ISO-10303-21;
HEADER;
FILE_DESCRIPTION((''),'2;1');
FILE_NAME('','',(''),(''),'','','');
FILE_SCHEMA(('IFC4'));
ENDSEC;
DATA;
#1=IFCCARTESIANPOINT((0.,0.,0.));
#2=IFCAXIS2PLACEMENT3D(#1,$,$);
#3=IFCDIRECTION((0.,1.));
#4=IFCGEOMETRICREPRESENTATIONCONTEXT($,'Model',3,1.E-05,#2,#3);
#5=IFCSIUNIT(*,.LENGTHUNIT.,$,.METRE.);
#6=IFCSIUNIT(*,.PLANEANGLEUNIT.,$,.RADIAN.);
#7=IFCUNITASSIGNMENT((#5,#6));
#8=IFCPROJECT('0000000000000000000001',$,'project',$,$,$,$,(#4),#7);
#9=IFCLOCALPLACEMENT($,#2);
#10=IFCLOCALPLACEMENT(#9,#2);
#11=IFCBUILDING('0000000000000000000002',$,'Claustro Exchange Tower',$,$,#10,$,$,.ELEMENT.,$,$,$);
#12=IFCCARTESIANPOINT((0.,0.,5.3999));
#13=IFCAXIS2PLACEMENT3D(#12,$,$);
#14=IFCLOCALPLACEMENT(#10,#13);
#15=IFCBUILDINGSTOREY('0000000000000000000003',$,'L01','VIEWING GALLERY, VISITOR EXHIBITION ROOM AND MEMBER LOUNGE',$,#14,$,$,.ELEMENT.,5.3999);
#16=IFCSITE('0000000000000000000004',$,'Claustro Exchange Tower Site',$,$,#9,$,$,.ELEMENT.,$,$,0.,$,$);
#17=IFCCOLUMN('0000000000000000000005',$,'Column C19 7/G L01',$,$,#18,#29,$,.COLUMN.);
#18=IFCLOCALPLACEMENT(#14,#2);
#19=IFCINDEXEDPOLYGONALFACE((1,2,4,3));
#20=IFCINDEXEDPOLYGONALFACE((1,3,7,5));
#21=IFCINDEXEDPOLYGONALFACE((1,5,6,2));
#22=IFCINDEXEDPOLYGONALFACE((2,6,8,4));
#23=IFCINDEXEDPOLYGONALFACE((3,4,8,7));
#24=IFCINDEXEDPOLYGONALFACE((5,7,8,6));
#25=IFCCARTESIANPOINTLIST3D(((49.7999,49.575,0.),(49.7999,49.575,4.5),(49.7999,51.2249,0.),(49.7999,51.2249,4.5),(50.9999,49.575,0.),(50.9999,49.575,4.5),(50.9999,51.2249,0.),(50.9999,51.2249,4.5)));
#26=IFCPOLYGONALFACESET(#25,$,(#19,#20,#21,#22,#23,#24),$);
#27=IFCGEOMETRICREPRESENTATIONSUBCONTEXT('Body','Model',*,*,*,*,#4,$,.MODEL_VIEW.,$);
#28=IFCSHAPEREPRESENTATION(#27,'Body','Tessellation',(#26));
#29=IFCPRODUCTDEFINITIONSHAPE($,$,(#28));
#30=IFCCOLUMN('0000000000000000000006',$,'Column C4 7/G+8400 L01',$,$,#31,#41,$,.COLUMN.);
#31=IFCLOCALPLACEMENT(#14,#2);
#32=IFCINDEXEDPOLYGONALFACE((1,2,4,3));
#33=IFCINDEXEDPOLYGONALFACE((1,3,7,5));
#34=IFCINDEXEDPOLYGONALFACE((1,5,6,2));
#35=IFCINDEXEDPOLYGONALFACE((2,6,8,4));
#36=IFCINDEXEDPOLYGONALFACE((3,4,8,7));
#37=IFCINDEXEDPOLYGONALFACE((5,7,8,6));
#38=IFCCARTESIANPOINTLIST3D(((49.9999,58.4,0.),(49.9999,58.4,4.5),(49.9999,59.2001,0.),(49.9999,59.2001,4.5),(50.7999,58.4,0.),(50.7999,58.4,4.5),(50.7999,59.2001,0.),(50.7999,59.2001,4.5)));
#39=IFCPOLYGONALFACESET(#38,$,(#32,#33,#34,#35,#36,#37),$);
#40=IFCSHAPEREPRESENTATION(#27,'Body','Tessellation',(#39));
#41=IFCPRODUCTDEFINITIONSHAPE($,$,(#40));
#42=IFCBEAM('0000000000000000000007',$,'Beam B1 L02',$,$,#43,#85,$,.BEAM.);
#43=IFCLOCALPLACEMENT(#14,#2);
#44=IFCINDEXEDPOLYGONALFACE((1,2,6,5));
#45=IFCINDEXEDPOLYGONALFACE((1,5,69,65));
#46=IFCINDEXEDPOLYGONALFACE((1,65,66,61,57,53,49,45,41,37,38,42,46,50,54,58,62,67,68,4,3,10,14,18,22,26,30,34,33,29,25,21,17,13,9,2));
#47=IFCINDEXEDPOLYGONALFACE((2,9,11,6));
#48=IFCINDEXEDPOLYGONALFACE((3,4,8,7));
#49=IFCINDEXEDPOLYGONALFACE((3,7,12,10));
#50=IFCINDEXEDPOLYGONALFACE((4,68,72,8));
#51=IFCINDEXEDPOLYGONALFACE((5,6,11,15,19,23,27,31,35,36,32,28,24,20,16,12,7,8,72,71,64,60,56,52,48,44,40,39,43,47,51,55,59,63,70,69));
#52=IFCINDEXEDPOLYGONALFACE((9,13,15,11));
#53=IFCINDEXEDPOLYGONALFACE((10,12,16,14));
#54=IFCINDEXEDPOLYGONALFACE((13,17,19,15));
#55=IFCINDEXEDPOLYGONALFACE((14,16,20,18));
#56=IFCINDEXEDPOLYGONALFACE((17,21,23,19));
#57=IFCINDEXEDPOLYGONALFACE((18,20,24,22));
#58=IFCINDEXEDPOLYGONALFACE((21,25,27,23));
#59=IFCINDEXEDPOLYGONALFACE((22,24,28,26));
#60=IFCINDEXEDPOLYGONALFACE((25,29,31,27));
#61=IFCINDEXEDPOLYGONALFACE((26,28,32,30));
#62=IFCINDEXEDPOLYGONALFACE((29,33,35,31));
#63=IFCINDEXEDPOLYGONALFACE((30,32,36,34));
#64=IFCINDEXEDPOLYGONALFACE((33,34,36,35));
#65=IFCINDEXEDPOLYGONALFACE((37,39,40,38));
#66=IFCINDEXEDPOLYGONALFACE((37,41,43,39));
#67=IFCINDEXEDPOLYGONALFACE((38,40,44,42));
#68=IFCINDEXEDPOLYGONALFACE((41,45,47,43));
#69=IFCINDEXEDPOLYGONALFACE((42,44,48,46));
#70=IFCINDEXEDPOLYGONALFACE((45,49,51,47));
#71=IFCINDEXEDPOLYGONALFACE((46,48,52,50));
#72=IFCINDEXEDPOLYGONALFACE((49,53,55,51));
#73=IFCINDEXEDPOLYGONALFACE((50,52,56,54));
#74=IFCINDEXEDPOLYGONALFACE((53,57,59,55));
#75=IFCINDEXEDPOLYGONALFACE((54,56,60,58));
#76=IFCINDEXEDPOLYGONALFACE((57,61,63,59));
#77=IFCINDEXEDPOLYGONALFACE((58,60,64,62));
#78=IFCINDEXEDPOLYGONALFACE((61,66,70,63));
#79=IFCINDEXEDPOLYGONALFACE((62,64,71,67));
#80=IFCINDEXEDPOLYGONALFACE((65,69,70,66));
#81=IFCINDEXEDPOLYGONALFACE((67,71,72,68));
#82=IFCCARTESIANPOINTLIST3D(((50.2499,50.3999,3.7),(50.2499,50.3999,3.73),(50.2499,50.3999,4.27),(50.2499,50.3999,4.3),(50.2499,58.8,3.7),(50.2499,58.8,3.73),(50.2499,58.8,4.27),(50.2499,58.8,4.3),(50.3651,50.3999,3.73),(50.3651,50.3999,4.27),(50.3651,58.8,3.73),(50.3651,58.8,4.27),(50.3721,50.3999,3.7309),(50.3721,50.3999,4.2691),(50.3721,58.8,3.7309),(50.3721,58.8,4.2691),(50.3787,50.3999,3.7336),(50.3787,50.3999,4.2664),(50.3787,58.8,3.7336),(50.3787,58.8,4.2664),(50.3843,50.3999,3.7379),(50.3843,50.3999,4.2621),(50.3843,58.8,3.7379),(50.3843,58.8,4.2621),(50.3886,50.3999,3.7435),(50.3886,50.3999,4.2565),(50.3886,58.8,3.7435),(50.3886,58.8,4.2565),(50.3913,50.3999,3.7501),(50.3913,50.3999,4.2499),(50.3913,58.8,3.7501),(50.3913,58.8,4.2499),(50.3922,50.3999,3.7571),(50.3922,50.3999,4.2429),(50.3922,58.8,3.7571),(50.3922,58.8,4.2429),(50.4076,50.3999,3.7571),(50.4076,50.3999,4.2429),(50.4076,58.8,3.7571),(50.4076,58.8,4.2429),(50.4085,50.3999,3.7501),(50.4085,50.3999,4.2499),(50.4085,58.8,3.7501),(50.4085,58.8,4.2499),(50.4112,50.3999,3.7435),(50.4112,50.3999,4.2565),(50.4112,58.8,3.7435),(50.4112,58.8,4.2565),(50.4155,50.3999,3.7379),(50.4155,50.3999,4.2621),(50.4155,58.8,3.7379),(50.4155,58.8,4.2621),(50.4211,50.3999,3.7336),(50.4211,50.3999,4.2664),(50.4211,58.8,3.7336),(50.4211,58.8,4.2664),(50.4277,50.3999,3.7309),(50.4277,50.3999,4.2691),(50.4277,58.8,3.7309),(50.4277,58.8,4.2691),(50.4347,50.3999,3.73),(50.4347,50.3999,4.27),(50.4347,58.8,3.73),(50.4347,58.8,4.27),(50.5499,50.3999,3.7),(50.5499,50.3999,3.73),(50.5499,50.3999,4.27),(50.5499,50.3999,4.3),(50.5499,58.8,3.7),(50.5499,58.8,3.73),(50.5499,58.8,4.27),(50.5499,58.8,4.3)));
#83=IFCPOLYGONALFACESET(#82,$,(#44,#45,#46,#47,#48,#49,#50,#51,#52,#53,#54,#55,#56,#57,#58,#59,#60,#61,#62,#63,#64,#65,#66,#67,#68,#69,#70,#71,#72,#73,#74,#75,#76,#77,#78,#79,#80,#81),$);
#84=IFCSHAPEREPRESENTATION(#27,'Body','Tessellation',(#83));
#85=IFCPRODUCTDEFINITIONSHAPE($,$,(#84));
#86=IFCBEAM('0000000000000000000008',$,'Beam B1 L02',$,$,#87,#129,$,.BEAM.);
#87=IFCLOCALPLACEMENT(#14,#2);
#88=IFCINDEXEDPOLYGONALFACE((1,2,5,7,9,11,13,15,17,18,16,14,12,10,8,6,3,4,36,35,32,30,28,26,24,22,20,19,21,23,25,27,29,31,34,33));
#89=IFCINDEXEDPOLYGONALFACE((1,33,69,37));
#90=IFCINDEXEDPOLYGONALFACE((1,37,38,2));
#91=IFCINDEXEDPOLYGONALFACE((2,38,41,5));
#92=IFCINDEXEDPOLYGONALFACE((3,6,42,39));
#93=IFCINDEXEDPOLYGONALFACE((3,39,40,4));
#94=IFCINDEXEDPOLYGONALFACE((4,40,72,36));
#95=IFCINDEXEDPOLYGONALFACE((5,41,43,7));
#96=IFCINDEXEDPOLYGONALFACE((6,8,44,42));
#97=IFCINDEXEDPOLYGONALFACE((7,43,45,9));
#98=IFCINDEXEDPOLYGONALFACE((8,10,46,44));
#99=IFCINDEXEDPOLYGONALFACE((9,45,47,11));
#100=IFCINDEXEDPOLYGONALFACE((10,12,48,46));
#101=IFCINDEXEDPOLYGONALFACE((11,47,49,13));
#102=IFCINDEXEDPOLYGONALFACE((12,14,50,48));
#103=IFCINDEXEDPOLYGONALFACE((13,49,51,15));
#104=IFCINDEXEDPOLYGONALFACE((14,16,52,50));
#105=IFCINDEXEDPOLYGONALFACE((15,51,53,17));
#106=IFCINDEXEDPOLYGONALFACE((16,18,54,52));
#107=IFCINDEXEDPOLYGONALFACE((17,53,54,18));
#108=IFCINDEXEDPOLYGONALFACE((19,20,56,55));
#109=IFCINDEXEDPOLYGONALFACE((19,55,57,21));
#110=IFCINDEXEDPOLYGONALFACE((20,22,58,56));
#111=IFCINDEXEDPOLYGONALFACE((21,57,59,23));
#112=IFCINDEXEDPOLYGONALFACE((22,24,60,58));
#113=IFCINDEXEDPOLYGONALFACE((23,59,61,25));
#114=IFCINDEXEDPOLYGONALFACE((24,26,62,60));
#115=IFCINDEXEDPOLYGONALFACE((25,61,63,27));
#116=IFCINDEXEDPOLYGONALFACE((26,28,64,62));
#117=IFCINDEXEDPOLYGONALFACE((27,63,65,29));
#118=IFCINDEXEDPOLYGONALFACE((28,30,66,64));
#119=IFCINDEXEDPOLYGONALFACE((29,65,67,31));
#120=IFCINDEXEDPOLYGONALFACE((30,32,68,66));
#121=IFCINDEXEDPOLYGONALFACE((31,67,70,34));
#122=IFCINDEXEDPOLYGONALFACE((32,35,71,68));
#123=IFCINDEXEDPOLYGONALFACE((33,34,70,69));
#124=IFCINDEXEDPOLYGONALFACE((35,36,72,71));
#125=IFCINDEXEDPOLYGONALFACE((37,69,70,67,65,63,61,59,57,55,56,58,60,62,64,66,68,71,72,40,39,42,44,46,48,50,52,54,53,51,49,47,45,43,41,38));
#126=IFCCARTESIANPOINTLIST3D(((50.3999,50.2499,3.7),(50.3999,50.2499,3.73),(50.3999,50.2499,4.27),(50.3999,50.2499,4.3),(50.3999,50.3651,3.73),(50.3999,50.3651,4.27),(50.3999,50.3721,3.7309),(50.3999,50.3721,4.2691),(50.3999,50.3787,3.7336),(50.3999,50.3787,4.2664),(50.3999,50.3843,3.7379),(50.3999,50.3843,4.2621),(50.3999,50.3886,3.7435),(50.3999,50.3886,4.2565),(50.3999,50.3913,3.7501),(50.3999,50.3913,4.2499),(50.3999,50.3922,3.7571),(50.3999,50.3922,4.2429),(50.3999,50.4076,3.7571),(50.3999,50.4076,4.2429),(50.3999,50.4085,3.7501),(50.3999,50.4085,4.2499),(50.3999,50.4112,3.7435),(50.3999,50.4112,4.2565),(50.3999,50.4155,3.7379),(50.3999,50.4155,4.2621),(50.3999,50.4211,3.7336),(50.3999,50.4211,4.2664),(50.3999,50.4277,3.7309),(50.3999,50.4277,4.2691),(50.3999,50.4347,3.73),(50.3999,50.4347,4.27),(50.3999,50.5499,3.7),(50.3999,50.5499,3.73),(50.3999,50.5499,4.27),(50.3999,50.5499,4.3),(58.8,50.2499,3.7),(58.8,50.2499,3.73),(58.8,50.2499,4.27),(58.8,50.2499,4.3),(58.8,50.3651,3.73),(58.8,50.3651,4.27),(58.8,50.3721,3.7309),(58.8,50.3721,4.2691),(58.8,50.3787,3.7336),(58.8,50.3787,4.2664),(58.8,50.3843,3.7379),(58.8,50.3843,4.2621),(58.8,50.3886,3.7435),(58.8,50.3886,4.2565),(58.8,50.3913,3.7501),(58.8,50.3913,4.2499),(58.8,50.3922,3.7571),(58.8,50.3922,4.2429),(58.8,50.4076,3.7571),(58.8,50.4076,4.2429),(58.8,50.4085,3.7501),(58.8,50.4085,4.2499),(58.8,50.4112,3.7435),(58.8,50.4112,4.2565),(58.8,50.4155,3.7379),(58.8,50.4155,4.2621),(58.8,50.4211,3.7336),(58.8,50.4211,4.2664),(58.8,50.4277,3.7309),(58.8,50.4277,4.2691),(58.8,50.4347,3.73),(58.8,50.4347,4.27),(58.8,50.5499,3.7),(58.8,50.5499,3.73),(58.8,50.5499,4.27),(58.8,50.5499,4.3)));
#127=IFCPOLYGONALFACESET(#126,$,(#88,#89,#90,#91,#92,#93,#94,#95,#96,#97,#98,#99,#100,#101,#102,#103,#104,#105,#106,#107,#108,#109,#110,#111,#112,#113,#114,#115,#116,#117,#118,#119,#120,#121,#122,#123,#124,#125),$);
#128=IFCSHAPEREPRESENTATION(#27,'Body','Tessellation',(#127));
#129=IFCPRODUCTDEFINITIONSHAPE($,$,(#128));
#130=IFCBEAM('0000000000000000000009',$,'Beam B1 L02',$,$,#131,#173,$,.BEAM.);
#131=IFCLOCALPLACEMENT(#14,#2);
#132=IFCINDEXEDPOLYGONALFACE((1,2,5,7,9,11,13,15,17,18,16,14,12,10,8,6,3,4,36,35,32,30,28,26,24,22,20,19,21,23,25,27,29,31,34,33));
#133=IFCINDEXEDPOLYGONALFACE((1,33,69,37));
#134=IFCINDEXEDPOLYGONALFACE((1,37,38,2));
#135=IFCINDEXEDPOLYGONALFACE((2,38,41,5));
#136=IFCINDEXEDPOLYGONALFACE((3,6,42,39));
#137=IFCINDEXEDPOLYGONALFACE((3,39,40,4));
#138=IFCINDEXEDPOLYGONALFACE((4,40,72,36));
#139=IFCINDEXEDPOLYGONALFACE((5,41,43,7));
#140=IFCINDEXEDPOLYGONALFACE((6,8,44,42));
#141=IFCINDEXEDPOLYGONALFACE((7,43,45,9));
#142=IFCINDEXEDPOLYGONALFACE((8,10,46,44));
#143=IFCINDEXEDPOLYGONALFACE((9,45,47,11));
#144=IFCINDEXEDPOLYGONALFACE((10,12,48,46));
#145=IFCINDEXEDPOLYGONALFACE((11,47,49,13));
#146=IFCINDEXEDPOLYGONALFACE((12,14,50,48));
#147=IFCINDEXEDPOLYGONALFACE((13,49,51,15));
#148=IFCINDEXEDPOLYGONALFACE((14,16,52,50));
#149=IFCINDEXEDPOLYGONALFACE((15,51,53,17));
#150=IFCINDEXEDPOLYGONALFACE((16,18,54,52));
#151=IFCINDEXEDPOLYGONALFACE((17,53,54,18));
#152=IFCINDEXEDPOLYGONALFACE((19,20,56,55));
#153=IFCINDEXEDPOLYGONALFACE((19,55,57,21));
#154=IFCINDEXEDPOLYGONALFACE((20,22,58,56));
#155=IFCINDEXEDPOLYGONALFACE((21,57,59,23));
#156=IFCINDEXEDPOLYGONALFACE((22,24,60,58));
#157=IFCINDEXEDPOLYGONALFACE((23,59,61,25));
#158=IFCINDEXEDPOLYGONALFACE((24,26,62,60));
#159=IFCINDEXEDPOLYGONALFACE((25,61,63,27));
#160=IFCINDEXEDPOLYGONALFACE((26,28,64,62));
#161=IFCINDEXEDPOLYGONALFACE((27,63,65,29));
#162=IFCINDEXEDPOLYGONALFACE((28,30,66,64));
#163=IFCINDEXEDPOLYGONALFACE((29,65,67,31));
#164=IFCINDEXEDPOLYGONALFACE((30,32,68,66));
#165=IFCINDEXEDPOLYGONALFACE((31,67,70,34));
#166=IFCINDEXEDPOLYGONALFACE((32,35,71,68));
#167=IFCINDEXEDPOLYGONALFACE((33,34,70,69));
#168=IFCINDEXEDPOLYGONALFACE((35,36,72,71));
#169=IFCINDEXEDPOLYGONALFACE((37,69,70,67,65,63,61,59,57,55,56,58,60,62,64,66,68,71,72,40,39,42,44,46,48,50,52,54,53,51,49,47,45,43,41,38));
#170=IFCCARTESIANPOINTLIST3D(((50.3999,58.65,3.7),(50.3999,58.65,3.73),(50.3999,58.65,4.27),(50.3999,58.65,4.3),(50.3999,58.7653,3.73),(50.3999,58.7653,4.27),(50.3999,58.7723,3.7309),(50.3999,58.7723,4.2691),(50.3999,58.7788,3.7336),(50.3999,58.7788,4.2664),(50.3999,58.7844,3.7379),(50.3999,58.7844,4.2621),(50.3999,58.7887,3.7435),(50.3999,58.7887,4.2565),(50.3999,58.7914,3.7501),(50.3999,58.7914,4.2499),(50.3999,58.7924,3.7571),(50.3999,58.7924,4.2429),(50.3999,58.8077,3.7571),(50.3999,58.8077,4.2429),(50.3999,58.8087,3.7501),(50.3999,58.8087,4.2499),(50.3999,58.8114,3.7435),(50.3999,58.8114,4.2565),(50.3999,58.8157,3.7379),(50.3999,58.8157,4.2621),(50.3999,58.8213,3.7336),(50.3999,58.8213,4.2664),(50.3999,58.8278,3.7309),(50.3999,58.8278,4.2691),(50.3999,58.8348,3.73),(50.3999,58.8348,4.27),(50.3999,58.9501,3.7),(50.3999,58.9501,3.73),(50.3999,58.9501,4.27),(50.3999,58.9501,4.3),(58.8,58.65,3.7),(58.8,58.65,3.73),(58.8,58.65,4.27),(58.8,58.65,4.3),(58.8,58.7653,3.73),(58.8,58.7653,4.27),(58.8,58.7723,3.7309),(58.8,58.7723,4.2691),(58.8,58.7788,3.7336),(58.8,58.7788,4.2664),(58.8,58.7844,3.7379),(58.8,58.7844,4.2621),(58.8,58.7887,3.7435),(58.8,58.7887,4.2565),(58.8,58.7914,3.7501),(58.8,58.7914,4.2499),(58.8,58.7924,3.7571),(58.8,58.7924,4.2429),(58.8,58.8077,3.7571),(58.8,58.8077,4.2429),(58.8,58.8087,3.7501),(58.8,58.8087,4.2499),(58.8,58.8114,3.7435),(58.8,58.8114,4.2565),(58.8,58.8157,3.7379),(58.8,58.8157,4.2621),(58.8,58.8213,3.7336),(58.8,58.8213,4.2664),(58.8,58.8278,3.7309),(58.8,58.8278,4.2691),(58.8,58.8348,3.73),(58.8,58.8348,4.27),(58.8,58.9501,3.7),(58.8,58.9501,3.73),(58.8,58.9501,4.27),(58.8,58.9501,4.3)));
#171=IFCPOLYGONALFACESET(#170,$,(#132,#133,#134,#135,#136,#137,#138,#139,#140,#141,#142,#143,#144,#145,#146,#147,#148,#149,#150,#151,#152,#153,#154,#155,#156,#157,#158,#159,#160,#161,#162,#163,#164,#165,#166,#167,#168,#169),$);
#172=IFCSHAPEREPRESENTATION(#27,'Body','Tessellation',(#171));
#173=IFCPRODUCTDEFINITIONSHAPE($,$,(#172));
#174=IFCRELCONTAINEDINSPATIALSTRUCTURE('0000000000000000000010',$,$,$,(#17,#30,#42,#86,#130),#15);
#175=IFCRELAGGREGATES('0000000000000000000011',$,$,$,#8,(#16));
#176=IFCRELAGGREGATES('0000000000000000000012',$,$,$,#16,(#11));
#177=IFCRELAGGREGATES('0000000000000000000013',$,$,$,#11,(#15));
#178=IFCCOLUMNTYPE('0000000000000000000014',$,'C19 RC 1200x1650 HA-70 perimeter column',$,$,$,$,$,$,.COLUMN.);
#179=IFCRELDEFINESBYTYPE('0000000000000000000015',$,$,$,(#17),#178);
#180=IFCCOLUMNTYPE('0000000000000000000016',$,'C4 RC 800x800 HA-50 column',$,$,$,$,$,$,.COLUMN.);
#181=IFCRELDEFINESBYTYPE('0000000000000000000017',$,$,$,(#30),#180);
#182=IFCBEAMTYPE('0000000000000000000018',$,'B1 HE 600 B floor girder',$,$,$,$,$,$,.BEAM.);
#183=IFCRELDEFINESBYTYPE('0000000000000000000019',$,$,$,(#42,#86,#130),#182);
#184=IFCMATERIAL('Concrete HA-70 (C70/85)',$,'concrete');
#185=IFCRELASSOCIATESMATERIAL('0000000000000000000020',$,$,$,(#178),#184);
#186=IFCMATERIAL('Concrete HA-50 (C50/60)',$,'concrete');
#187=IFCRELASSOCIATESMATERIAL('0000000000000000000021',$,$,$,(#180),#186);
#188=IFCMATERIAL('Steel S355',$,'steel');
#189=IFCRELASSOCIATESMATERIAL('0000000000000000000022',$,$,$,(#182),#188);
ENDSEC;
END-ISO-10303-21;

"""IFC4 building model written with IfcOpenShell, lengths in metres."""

from ifc_helpers import new_model, si_unit, direction, frame, origin, origin_2d, place, context, subcontext, project, spatial, rectangle, i_section, extrude, material, material_profile, profile_set, type_object, element, save


model = new_model("IFC4")

# Units and contexts
model_context = context("Model", 3, precision=1e-05, world=origin(), true_north=direction((0.0, 1.0)))
body_context = subcontext(model_context, "Body", "Model", "MODEL_VIEW")
ifc_project = project(units=[si_unit("LENGTHUNIT", "METRE"), si_unit("PLANEANGLEUNIT", "RADIAN")], contexts=[model_context])

# Site, building, storey
site_placement = place(None, origin())
site = spatial("IfcSite", under=ifc_project, at=site_placement, Name="Claustro Exchange Tower Site", CompositionType="ELEMENT", RefElevation=0.0)
building_placement = place(site_placement, origin())
building = spatial("IfcBuilding", under=site, at=building_placement, Name="Claustro Exchange Tower", CompositionType="ELEMENT")
storey_placement = place(building_placement, frame((0.0, 0.0, 5.3999)))
storey = spatial("IfcBuildingStorey", under=building, at=storey_placement, Name="L01", Description="VIEWING GALLERY, VISITOR EXHIBITION ROOM AND MEMBER LOUNGE", CompositionType="ELEMENT", Elevation=5.3999)

# Columns
ifc_material_1 = material(Name="Concrete HA-70 (C70/85)", Category="concrete")
ifc_material_profile_1 = material_profile(ifc_material_1, rectangle(XDim=1.2, YDim=1.6499, at=origin_2d()), Name="RC 1200x1650")
ifc_profile_set_1 = profile_set([ifc_material_profile_1], Name="Concrete HA-70 (C70/85)")
column_type_1 = type_object("IfcColumnType", Name="C19 RC 1200x1650 HA-70 perimeter column", PredefinedType="COLUMN", material=ifc_profile_set_1)
column_1_placement = place(storey_placement, frame((50.3999, 50.3999, 0.0), z_axis=(0.0, 0.0, 1.0), x_axis=(1.0, 0.0, 0.0)))
element("IfcColumn", 1, at=column_1_placement, inside=storey, type_object=column_type_1, Name="Column C19 7/G L01", PredefinedType="COLUMN", context=body_context, shape_type="SweptSolid", body=[
    extrude(rectangle(XDim=1.2, YDim=1.6499, at=origin_2d()), origin(), (0.0, 0.0, 1.0), 4.5),
])
ifc_material_2 = material(Name="Concrete HA-50 (C50/60)", Category="concrete")
ifc_material_profile_2 = material_profile(ifc_material_2, rectangle(XDim=0.8, YDim=0.8, at=origin_2d()), Name="RC 800x800")
ifc_profile_set_2 = profile_set([ifc_material_profile_2], Name="Concrete HA-50 (C50/60)")
column_type_2 = type_object("IfcColumnType", Name="C4 RC 800x800 HA-50 column", PredefinedType="COLUMN", material=ifc_profile_set_2)
column_2_placement = place(storey_placement, frame((50.3999, 58.8, 0.0), z_axis=(0.0, 0.0, 1.0), x_axis=(1.0, 0.0, 0.0)))
element("IfcColumn", 2, at=column_2_placement, inside=storey, type_object=column_type_2, Name="Column C4 7/G+8400 L01", PredefinedType="COLUMN", context=body_context, shape_type="SweptSolid", body=[
    extrude(rectangle(XDim=0.8, YDim=0.8, at=origin_2d()), origin(), (0.0, 0.0, 1.0), 4.5),
])

# Beams
ifc_material_3 = material(Name="Steel S355", Category="steel")
ifc_material_profile_3 = material_profile(ifc_material_3, i_section(OverallWidth=0.3, OverallDepth=0.6001, WebThickness=0.0154, FlangeThickness=0.03, FilletRadius=0.0271, at=origin_2d()), Name="HE 600 B")
ifc_profile_set_3 = profile_set([ifc_material_profile_3], Name="Steel S355")
beam_type_1 = type_object("IfcBeamType", Name="B1 HE 600 B floor girder", PredefinedType="BEAM", material=ifc_profile_set_3)
for number, where, z_axis, x_axis, name in (
    (3, (50.3999, 50.3999, 4.0), (0.0, 1.0, 0.0), (-1.0, 0.0, 0.0), "Beam B1 L02"),
    (4, (50.3999, 50.3999, 4.0), (1.0, 0.0, 0.0), (0.0, 1.0, 0.0), "Beam B1 L02"),
    (5, (50.3999, 58.8, 4.0), (1.0, 0.0, 0.0), (0.0, 1.0, 0.0), "Beam B1 L02"),
):
    element("IfcBeam", number, at=place(storey_placement, frame(where, z_axis=z_axis, x_axis=x_axis)), inside=storey, type_object=beam_type_1, Name=name, PredefinedType="BEAM", context=body_context, shape_type="SweptSolid", body=[
        extrude(i_section(OverallWidth=0.3, OverallDepth=0.6001, WebThickness=0.0154, FlangeThickness=0.03, FilletRadius=0.0271, at=origin_2d()), origin(), (0.0, 0.0, 1.0), 8.4001),
    ])

save(model, "model.ifc")
